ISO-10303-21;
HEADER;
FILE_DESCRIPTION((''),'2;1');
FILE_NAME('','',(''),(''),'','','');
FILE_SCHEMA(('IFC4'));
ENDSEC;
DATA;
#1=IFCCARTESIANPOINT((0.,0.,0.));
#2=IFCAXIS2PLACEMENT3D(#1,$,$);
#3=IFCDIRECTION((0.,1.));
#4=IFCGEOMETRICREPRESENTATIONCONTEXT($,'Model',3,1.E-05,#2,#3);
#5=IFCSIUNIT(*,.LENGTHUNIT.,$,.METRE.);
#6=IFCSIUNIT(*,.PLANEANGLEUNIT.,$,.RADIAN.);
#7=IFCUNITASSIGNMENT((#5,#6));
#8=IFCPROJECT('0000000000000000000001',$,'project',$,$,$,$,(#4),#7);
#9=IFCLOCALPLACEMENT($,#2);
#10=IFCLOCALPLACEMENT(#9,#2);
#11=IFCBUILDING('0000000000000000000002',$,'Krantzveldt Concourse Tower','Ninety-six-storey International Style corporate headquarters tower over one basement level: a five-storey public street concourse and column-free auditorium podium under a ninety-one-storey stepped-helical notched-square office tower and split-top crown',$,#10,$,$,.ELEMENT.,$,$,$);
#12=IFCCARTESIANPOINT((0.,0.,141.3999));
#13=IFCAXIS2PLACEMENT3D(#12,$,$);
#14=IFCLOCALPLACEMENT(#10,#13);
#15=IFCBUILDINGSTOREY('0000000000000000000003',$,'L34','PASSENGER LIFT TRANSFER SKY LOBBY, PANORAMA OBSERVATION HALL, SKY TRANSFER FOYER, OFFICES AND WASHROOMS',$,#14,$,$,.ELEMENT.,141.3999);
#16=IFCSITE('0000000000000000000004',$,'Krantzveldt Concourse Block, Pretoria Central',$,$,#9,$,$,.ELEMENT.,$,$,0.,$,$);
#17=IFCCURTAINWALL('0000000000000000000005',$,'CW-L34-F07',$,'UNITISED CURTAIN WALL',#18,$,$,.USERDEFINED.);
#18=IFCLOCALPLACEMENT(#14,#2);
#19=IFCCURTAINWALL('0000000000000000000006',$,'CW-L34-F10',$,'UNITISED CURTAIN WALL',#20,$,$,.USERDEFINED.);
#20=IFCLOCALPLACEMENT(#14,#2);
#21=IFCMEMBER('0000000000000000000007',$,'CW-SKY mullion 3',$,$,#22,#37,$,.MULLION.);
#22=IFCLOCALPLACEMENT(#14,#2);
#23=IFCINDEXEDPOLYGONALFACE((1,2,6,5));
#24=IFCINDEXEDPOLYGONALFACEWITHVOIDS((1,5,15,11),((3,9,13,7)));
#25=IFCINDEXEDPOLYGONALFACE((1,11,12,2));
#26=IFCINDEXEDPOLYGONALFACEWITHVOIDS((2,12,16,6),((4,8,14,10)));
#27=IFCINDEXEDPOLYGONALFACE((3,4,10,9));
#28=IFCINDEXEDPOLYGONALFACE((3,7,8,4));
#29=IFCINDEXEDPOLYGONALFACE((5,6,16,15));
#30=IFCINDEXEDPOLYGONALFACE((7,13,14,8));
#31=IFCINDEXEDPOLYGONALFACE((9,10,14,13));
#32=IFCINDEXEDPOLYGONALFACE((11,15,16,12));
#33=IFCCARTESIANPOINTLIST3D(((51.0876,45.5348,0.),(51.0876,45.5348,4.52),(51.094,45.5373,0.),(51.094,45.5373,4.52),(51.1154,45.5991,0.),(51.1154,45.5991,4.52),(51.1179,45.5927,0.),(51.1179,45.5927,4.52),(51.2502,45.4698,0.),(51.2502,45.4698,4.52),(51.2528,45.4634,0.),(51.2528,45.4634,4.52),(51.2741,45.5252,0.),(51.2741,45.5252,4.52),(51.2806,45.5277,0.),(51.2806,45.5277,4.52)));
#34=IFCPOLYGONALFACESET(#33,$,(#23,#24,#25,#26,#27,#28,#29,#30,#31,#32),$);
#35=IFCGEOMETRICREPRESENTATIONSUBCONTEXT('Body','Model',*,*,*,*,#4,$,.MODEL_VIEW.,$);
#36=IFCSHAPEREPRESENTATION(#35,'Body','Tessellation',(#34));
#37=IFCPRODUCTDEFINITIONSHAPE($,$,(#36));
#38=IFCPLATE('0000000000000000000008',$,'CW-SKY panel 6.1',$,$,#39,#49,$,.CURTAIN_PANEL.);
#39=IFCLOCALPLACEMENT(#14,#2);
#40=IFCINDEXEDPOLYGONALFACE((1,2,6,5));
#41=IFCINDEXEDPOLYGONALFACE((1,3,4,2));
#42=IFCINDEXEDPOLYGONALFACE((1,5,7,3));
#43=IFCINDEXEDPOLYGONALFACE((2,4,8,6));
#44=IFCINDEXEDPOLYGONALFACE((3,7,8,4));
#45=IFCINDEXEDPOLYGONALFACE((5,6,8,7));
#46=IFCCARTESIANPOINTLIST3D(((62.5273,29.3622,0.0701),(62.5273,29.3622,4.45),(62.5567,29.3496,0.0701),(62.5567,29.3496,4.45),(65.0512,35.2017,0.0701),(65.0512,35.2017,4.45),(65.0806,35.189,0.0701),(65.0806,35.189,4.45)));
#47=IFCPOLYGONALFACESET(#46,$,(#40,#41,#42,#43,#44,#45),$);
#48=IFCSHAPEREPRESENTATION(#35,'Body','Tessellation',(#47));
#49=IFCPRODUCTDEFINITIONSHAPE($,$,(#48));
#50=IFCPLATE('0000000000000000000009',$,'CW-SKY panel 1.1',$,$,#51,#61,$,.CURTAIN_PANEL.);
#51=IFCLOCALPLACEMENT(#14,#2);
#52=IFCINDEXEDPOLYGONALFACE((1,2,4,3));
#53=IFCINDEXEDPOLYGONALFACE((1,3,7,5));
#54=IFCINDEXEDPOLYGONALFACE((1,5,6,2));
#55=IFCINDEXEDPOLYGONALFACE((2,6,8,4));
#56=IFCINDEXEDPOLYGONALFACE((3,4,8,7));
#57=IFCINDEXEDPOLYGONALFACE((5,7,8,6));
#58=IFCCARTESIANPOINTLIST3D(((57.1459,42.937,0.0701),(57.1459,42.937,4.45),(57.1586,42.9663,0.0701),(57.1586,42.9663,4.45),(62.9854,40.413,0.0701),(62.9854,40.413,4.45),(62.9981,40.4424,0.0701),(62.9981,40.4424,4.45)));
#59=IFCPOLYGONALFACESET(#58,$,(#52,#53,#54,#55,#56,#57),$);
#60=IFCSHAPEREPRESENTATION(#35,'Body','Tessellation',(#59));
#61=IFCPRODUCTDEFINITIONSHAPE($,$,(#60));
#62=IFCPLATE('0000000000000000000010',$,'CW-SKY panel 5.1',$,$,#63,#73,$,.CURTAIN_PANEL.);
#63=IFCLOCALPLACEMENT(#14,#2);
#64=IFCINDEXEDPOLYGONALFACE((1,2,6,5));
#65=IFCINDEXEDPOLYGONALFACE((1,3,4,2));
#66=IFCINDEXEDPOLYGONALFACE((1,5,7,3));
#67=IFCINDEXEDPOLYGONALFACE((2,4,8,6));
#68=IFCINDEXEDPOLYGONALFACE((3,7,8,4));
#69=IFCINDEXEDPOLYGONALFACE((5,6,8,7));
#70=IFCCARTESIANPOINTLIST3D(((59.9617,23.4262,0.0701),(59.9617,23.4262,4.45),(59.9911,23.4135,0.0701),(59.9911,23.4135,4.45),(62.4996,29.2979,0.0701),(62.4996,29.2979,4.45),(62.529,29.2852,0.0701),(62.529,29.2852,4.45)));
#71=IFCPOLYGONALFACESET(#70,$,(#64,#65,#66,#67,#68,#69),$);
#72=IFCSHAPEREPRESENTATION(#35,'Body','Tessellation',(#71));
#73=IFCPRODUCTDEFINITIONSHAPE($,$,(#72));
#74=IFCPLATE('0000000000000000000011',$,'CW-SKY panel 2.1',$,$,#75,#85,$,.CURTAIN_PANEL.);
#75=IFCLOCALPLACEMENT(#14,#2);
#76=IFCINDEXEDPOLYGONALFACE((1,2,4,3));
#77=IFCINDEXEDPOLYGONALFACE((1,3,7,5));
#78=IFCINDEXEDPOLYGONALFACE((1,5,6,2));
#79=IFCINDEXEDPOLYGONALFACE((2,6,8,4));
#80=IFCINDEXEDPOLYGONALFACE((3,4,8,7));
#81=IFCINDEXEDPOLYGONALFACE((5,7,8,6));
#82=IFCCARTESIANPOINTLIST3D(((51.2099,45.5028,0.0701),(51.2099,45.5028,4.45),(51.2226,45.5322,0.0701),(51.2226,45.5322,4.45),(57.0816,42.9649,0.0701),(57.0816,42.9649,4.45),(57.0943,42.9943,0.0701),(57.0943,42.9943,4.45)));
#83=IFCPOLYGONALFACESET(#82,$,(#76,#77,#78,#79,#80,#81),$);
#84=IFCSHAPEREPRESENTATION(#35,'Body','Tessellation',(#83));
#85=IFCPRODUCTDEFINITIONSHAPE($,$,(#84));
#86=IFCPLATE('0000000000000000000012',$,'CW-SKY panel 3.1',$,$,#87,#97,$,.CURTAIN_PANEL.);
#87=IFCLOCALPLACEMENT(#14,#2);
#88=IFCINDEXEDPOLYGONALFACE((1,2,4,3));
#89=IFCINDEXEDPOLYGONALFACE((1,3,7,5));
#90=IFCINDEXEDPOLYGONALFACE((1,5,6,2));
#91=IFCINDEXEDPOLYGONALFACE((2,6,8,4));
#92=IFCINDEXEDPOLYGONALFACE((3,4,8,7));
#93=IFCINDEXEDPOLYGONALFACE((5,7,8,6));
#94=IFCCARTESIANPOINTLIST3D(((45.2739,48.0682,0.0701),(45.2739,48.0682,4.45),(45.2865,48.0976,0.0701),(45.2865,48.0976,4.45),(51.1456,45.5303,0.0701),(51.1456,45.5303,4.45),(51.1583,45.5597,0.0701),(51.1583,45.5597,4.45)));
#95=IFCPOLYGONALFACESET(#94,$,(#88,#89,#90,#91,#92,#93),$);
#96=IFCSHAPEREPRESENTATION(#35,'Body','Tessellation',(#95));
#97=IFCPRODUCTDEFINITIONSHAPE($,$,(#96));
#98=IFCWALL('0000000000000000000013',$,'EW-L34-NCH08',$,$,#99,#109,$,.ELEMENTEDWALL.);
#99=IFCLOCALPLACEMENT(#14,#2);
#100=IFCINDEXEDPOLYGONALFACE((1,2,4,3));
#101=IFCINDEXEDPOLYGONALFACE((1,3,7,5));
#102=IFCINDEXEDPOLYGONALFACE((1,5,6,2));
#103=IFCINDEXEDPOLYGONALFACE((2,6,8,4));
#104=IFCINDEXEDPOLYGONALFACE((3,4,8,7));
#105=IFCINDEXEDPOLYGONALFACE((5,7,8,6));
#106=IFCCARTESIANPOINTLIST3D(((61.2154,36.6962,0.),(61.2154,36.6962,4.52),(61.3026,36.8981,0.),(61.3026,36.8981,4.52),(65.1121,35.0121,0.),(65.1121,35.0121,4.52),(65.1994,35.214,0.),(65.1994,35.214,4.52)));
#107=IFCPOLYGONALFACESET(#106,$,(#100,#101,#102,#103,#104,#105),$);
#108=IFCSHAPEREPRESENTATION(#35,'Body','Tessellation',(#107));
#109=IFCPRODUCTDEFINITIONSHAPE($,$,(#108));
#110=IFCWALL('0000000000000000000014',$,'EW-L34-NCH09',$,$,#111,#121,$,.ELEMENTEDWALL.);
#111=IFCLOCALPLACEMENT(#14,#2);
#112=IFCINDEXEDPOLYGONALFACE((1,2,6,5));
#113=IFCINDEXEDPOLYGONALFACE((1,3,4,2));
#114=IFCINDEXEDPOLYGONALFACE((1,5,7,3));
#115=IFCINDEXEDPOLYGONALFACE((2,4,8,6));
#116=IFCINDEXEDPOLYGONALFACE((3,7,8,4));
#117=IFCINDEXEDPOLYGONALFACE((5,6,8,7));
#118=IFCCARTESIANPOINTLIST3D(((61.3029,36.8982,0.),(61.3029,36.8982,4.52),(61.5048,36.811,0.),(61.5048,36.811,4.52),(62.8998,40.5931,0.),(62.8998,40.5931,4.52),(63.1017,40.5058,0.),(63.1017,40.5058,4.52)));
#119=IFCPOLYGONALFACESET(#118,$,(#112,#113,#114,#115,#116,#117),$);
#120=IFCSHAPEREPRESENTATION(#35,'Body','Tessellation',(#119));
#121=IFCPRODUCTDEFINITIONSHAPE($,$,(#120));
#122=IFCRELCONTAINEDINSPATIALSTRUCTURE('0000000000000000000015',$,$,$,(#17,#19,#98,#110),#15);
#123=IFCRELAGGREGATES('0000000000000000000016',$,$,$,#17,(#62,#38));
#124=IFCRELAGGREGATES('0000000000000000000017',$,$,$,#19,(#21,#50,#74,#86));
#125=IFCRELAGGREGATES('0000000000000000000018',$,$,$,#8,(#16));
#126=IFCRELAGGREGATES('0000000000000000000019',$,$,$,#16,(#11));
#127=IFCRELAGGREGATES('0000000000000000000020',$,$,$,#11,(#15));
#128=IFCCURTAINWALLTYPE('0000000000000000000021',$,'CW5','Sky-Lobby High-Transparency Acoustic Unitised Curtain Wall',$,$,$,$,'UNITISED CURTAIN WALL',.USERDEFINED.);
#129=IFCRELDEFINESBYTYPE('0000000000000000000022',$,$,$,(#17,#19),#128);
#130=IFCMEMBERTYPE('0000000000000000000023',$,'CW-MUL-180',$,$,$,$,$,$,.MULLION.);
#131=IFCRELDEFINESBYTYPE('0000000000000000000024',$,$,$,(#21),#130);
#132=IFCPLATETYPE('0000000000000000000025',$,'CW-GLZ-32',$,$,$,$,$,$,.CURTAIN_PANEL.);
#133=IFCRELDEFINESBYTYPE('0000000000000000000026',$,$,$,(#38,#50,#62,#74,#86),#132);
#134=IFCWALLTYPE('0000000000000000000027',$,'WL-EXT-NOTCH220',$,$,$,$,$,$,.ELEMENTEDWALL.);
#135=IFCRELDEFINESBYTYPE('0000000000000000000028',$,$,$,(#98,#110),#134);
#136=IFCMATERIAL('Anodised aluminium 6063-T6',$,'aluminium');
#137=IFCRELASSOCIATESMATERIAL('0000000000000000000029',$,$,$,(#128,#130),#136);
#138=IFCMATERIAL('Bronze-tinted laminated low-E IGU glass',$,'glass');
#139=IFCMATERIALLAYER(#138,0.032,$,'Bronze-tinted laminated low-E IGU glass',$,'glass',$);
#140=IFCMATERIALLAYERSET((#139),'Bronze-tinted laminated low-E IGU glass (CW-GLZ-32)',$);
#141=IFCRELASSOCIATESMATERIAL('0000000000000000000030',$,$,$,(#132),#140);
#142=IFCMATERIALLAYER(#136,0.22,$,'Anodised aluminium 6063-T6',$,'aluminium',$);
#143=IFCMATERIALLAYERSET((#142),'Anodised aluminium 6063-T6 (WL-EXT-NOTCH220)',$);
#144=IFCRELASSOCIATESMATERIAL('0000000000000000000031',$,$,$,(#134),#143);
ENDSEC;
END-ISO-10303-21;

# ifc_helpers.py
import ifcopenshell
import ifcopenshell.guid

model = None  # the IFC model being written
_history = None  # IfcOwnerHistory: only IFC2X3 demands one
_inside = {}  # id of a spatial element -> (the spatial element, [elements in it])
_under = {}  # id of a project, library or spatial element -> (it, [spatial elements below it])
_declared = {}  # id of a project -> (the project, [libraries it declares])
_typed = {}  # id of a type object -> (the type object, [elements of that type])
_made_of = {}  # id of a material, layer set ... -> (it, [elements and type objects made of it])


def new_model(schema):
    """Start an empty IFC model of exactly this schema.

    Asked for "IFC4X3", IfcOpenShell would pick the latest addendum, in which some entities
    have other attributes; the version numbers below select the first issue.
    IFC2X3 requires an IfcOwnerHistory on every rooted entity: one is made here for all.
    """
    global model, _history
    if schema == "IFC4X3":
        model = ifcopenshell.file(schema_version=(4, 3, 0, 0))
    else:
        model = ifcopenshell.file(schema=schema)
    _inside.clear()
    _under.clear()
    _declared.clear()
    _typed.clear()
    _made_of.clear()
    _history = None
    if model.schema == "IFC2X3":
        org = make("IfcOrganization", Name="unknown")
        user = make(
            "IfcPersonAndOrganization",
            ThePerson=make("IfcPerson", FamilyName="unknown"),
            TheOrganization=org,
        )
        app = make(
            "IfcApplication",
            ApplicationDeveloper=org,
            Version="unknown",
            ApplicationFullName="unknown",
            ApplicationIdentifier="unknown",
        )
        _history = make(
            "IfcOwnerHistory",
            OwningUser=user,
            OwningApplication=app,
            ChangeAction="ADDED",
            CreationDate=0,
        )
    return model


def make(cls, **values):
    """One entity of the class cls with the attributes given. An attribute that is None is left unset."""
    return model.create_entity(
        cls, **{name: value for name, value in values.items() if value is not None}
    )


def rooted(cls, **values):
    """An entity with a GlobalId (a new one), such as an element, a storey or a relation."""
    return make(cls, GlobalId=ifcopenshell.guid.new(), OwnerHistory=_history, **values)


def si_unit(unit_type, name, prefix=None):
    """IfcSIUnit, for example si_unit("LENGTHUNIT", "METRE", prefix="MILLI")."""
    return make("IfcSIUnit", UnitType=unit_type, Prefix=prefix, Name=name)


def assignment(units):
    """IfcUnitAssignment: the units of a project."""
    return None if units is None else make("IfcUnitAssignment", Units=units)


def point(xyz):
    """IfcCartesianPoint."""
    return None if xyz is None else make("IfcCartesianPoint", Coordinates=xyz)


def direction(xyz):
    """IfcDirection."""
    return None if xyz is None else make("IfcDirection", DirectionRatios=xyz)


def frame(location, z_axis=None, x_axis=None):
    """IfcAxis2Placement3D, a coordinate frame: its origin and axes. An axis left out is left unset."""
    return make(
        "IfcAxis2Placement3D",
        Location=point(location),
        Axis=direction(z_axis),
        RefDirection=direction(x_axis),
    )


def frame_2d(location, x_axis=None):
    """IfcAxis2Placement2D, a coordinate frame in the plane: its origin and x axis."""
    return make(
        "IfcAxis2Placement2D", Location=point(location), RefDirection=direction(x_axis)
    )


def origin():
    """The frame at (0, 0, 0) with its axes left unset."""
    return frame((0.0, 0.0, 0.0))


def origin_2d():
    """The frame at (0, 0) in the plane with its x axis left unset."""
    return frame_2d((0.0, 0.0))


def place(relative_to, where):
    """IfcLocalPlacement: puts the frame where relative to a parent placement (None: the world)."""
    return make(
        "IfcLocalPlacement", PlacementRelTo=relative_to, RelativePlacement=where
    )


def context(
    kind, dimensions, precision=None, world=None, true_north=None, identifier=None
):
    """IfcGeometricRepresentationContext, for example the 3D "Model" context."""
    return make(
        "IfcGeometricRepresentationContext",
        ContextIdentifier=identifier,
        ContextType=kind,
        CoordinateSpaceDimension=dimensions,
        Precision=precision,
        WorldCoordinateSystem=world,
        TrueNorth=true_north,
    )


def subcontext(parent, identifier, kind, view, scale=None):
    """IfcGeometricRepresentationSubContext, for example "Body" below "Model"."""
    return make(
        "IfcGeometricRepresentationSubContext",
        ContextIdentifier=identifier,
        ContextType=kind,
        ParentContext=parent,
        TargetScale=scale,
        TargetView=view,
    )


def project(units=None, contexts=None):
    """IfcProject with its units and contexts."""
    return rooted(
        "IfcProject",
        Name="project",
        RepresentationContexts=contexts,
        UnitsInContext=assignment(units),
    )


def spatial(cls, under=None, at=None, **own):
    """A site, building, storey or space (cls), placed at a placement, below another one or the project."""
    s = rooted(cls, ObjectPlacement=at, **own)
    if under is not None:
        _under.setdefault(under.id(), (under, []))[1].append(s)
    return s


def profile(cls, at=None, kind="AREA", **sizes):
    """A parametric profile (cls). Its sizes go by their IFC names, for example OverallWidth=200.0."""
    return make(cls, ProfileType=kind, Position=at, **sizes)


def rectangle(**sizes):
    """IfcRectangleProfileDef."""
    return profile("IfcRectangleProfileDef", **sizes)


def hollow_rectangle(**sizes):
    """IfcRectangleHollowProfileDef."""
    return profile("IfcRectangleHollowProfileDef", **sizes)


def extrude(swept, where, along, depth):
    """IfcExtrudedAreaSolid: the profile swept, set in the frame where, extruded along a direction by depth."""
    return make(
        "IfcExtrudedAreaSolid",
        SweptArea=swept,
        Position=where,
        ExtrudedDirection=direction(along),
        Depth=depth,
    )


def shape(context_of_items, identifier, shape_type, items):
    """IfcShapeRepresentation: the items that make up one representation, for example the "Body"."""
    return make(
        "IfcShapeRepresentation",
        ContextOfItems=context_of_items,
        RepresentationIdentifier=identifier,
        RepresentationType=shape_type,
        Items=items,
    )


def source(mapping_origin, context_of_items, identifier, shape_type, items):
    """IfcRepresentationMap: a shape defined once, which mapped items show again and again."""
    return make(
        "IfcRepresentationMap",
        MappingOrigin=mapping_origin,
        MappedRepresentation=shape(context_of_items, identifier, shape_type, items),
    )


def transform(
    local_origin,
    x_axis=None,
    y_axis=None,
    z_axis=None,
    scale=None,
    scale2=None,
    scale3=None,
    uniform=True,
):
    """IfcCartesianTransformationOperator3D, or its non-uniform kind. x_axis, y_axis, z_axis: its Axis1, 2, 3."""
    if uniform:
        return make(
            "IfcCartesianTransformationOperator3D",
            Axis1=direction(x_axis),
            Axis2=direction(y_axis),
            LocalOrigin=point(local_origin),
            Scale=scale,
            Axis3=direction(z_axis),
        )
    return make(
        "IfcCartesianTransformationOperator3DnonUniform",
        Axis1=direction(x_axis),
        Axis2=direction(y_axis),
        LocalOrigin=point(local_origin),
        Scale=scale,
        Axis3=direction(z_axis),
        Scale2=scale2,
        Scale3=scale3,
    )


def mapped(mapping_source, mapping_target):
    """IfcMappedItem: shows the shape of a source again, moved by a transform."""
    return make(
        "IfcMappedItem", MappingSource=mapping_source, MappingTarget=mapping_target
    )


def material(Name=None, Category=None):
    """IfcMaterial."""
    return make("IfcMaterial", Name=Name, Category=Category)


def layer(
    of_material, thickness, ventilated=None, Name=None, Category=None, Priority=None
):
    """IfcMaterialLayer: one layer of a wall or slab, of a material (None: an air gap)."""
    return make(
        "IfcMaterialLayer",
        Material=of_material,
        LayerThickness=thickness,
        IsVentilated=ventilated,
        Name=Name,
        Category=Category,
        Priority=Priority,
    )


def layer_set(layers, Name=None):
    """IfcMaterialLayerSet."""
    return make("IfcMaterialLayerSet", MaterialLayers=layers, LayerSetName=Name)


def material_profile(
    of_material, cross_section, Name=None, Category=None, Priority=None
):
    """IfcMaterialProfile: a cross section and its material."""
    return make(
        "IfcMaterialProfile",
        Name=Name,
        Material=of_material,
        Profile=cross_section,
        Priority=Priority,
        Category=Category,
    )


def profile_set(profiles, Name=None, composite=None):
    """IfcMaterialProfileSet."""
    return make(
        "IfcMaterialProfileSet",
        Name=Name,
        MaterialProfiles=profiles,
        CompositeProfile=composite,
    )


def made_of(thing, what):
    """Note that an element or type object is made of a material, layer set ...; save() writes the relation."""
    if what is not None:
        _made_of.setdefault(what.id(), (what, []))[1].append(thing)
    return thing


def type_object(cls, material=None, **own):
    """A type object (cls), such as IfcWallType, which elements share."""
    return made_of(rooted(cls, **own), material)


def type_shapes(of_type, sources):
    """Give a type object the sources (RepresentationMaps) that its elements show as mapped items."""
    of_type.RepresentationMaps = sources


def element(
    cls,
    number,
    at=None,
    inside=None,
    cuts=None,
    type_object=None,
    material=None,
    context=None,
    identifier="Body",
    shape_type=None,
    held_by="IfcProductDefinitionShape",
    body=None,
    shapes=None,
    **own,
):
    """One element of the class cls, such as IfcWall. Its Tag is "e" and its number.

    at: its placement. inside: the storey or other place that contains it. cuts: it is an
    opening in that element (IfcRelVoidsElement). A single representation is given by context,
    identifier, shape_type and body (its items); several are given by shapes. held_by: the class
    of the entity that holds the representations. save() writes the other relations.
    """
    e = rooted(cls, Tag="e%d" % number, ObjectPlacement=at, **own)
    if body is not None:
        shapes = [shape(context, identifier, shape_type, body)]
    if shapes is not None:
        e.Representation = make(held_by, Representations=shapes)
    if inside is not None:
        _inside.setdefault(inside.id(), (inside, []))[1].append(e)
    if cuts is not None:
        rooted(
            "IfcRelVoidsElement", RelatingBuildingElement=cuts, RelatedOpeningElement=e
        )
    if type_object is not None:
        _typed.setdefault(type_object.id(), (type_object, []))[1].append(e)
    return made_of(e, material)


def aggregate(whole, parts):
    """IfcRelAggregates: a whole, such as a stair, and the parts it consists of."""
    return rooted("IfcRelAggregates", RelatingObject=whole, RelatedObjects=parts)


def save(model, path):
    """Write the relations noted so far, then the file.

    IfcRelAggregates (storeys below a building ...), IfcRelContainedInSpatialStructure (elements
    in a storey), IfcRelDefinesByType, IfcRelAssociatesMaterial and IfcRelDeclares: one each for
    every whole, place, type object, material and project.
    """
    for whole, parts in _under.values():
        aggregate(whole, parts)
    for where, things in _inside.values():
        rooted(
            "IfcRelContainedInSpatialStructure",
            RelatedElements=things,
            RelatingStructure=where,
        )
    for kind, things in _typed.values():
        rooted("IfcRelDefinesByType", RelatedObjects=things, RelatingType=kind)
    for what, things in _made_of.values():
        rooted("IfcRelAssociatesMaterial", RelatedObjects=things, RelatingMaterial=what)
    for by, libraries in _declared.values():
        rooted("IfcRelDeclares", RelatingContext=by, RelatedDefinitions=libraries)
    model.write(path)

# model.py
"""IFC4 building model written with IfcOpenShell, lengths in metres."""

from ifc_helpers import new_model, si_unit, direction, frame, frame_2d, origin, origin_2d, place, context, subcontext, project, spatial, rectangle, hollow_rectangle, extrude, source, transform, mapped, material, layer, layer_set, material_profile, profile_set, type_object, type_shapes, element, aggregate, save


model = new_model("IFC4")

# Units and contexts
model_context = context("Model", 3, precision=1e-05, world=origin(), true_north=direction((0.0, 1.0)))
body_context = subcontext(model_context, "Body", "Model", "MODEL_VIEW")
ifc_project = project(units=[si_unit("LENGTHUNIT", "METRE"), si_unit("PLANEANGLEUNIT", "RADIAN")], contexts=[model_context])

# Site, building, storey
site_placement = place(None, origin())
site = spatial("IfcSite", under=ifc_project, at=site_placement, Name="Krantzveldt Concourse Block, Pretoria Central", CompositionType="ELEMENT", RefElevation=0.0)
building_placement = place(site_placement, origin())
building = spatial("IfcBuilding", under=site, at=building_placement, Name="Krantzveldt Concourse Tower", Description="Ninety-six-storey International Style corporate headquarters tower over one basement level: a five-storey public street concourse and column-free auditorium podium under a ninety-one-storey stepped-helical notched-square office tower and split-top crown", CompositionType="ELEMENT")
storey_placement = place(building_placement, frame((0.0, 0.0, 141.3999)))
storey = spatial("IfcBuildingStorey", under=building, at=storey_placement, Name="L34", Description="PASSENGER LIFT TRANSFER SKY LOBBY, PANORAMA OBSERVATION HALL, SKY TRANSFER FOYER, OFFICES AND WASHROOMS", CompositionType="ELEMENT", Elevation=141.3999)

# Curtain walls
ifc_material_1 = material(Name="Anodised aluminium 6063-T6", Category="aluminium")
curtain_wall_type = type_object("IfcCurtainWallType", Name="CW5", Description="Sky-Lobby High-Transparency Acoustic Unitised Curtain Wall", ElementType="UNITISED CURTAIN WALL", PredefinedType="USERDEFINED", material=ifc_material_1)
curtain_wall_1_placement = place(storey_placement, origin())
curtain_wall_1 = element("IfcCurtainWall", 1, at=curtain_wall_1_placement, inside=storey, type_object=curtain_wall_type, Name="CW-L34-F07", ObjectType="UNITISED CURTAIN WALL", PredefinedType="USERDEFINED")
curtain_wall_2_placement = place(storey_placement, origin())
curtain_wall_2 = element("IfcCurtainWall", 2, at=curtain_wall_2_placement, inside=storey, type_object=curtain_wall_type, Name="CW-L34-F10", ObjectType="UNITISED CURTAIN WALL", PredefinedType="USERDEFINED")

# Member
ifc_material_profile_1 = material_profile(ifc_material_1, hollow_rectangle(XDim=0.0701, YDim=0.1799, WallThickness=0.0049, at=origin_2d()), Name="Anodised aluminium 6063-T6", Category="aluminium")
ifc_profile_set_1 = profile_set([ifc_material_profile_1], Name="Anodised aluminium 6063-T6 - ALU-MULL 180x70x5")
member_type_1 = type_object("IfcMemberType", Name="CW-MUL-180", PredefinedType="MULLION", material=ifc_profile_set_1)
shared_shape_1 = source(origin(), body_context, "Body", "SweptSolid", [
    extrude(hollow_rectangle(XDim=0.0701, YDim=0.1799, WallThickness=0.0049, at=origin_2d()), origin(), (0.0, 0.0, 1.0), 4.52),
])
type_shapes(member_type_1, [shared_shape_1])
member_1_placement = place(storey_placement, frame((51.1841, 45.5312, 0.0), z_axis=(0.0, 0.0, 1.0), x_axis=(-0.396747, -0.917928, 0.0)))
member_1 = element("IfcMember", 3, at=member_1_placement, type_object=member_type_1, Name="CW-SKY mullion 3", PredefinedType="MULLION", context=body_context, shape_type="MappedRepresentation", body=[
    mapped(shared_shape_1, transform((0.0, 0.0, 0.0), x_axis=(1.0, 0.0, 0.0), y_axis=(0.0, 1.0, 0.0), z_axis=(0.0, 0.0, 1.0), scale=1.0)),
])

# Plates
ifc_material_2 = material(Name="Bronze-tinted laminated low-E IGU glass", Category="glass")
ifc_layer_1 = layer(ifc_material_2, 0.032, Name="Bronze-tinted laminated low-E IGU glass", Category="glass")
ifc_layer_set_1 = layer_set([ifc_layer_1], Name="Bronze-tinted laminated low-E IGU glass (CW-GLZ-32)")
plate_type = type_object("IfcPlateType", Name="CW-GLZ-32", PredefinedType="CURTAIN_PANEL", material=ifc_layer_set_1)
shared_shape_2 = source(origin(), body_context, "Body", "SweptSolid", [
    extrude(rectangle(XDim=6.3616, YDim=0.032, at=origin_2d()), origin(), (0.0, 0.0, 1.0), 4.3799),
])
plate_1_placement = place(storey_placement, frame((63.804, 32.2756, 0.0701), z_axis=(0.0, 0.0, 1.0), x_axis=(0.396747, 0.917928, 0.0)))
plate_1 = element("IfcPlate", 4, at=plate_1_placement, type_object=plate_type, Name="CW-SKY panel 6.1", PredefinedType="CURTAIN_PANEL", context=body_context, shape_type="MappedRepresentation", body=[
    mapped(shared_shape_2, transform((0.0, 0.0, 0.0), x_axis=(1.0, 0.0, 0.0), y_axis=(0.0, 1.0, 0.0), z_axis=(0.0, 0.0, 1.0), scale=1.0)),
])
plate_2_placement = place(storey_placement, frame((60.072, 41.6897, 0.0701), z_axis=(0.0, 0.0, 1.0), x_axis=(-0.917928, 0.396747, 0.0)))
plate_2 = element("IfcPlate", 5, at=plate_2_placement, type_object=plate_type, Name="CW-SKY panel 1.1", PredefinedType="CURTAIN_PANEL", context=body_context, shape_type="MappedRepresentation", body=[
    mapped(shared_shape_2, transform((0.0, 0.0, 0.0), x_axis=(1.0, 0.0, 0.0), y_axis=(0.0, 1.0, 0.0), z_axis=(0.0, 0.0, 1.0), scale=1.0)),
])
shared_shape_3 = source(origin(), body_context, "Body", "SweptSolid", [
    extrude(rectangle(XDim=6.3967, YDim=0.032, at=origin_2d()), origin(), (0.0, 0.0, 1.0), 4.3799),
])
type_shapes(plate_type, [shared_shape_2, shared_shape_3])
plate_3_placement = place(storey_placement, frame((61.2454, 26.3557, 0.0701), z_axis=(0.0, 0.0, 1.0), x_axis=(0.396747, 0.917928, 0.0)))
plate_3 = element("IfcPlate", 6, at=plate_3_placement, type_object=plate_type, Name="CW-SKY panel 5.1", PredefinedType="CURTAIN_PANEL", context=body_context, shape_type="MappedRepresentation", body=[
    mapped(shared_shape_3, transform((0.0, 0.0, 0.0), x_axis=(1.0, 0.0, 0.0), y_axis=(0.0, 1.0, 0.0), z_axis=(0.0, 0.0, 1.0), scale=1.0)),
])
aggregate(curtain_wall_1, [plate_3, plate_1])
plate_4_placement = place(storey_placement, frame((54.1521, 44.2485, 0.0701), z_axis=(0.0, 0.0, 1.0), x_axis=(-0.917928, 0.396747, 0.0)))
plate_4 = element("IfcPlate", 7, at=plate_4_placement, type_object=plate_type, Name="CW-SKY panel 2.1", PredefinedType="CURTAIN_PANEL", context=body_context, shape_type="MappedRepresentation", body=[
    mapped(shared_shape_3, transform((0.0, 0.0, 0.0), x_axis=(1.0, 0.0, 0.0), y_axis=(0.0, 1.0, 0.0), z_axis=(0.0, 0.0, 1.0), scale=1.0)),
])
plate_5_placement = place(storey_placement, frame((48.2161, 46.814, 0.0701), z_axis=(0.0, 0.0, 1.0), x_axis=(-0.917928, 0.396747, 0.0)))
plate_5 = element("IfcPlate", 8, at=plate_5_placement, type_object=plate_type, Name="CW-SKY panel 3.1", PredefinedType="CURTAIN_PANEL", context=body_context, shape_type="MappedRepresentation", body=[
    mapped(shared_shape_3, transform((0.0, 0.0, 0.0), x_axis=(1.0, 0.0, 0.0), y_axis=(0.0, 1.0, 0.0), z_axis=(0.0, 0.0, 1.0), scale=1.0)),
])
aggregate(curtain_wall_2, [member_1, plate_2, plate_4, plate_5])

# Walls
ifc_layer_2 = layer(ifc_material_1, 0.22, Name="Anodised aluminium 6063-T6", Category="aluminium")
ifc_layer_set_2 = layer_set([ifc_layer_2], Name="Anodised aluminium 6063-T6 (WL-EXT-NOTCH220)")
wall_type = type_object("IfcWallType", Name="WL-EXT-NOTCH220", PredefinedType="ELEMENTEDWALL", material=ifc_layer_set_2)
wall_1_placement = place(storey_placement, frame((65.1558, 35.113, 0.0), z_axis=(0.0, 0.0, 1.0), x_axis=(-0.917942, 0.396715, 0.0)))
element("IfcWall", 9, at=wall_1_placement, inside=storey, type_object=wall_type, Name="EW-L34-NCH08", PredefinedType="ELEMENTEDWALL", context=body_context, shape_type="SweptSolid", body=[
    extrude(rectangle(XDim=4.2451, YDim=0.22, at=frame_2d((2.1226, 0.0))), origin(), (0.0, 0.0, 1.0), 4.52),
])
wall_2_placement = place(storey_placement, frame((61.4038, 36.8545, 0.0), z_axis=(0.0, 0.0, 1.0), x_axis=(0.396736, 0.917933, 0.0)))
element("IfcWall", 10, at=wall_2_placement, inside=storey, type_object=wall_type, Name="EW-L34-NCH09", PredefinedType="ELEMENTEDWALL", context=body_context, shape_type="SweptSolid", body=[
    extrude(rectangle(XDim=4.0251, YDim=0.22, at=frame_2d((2.0127, 0.0))), origin(), (0.0, 0.0, 1.0), 4.52),
])

save(model, "model.ifc")
